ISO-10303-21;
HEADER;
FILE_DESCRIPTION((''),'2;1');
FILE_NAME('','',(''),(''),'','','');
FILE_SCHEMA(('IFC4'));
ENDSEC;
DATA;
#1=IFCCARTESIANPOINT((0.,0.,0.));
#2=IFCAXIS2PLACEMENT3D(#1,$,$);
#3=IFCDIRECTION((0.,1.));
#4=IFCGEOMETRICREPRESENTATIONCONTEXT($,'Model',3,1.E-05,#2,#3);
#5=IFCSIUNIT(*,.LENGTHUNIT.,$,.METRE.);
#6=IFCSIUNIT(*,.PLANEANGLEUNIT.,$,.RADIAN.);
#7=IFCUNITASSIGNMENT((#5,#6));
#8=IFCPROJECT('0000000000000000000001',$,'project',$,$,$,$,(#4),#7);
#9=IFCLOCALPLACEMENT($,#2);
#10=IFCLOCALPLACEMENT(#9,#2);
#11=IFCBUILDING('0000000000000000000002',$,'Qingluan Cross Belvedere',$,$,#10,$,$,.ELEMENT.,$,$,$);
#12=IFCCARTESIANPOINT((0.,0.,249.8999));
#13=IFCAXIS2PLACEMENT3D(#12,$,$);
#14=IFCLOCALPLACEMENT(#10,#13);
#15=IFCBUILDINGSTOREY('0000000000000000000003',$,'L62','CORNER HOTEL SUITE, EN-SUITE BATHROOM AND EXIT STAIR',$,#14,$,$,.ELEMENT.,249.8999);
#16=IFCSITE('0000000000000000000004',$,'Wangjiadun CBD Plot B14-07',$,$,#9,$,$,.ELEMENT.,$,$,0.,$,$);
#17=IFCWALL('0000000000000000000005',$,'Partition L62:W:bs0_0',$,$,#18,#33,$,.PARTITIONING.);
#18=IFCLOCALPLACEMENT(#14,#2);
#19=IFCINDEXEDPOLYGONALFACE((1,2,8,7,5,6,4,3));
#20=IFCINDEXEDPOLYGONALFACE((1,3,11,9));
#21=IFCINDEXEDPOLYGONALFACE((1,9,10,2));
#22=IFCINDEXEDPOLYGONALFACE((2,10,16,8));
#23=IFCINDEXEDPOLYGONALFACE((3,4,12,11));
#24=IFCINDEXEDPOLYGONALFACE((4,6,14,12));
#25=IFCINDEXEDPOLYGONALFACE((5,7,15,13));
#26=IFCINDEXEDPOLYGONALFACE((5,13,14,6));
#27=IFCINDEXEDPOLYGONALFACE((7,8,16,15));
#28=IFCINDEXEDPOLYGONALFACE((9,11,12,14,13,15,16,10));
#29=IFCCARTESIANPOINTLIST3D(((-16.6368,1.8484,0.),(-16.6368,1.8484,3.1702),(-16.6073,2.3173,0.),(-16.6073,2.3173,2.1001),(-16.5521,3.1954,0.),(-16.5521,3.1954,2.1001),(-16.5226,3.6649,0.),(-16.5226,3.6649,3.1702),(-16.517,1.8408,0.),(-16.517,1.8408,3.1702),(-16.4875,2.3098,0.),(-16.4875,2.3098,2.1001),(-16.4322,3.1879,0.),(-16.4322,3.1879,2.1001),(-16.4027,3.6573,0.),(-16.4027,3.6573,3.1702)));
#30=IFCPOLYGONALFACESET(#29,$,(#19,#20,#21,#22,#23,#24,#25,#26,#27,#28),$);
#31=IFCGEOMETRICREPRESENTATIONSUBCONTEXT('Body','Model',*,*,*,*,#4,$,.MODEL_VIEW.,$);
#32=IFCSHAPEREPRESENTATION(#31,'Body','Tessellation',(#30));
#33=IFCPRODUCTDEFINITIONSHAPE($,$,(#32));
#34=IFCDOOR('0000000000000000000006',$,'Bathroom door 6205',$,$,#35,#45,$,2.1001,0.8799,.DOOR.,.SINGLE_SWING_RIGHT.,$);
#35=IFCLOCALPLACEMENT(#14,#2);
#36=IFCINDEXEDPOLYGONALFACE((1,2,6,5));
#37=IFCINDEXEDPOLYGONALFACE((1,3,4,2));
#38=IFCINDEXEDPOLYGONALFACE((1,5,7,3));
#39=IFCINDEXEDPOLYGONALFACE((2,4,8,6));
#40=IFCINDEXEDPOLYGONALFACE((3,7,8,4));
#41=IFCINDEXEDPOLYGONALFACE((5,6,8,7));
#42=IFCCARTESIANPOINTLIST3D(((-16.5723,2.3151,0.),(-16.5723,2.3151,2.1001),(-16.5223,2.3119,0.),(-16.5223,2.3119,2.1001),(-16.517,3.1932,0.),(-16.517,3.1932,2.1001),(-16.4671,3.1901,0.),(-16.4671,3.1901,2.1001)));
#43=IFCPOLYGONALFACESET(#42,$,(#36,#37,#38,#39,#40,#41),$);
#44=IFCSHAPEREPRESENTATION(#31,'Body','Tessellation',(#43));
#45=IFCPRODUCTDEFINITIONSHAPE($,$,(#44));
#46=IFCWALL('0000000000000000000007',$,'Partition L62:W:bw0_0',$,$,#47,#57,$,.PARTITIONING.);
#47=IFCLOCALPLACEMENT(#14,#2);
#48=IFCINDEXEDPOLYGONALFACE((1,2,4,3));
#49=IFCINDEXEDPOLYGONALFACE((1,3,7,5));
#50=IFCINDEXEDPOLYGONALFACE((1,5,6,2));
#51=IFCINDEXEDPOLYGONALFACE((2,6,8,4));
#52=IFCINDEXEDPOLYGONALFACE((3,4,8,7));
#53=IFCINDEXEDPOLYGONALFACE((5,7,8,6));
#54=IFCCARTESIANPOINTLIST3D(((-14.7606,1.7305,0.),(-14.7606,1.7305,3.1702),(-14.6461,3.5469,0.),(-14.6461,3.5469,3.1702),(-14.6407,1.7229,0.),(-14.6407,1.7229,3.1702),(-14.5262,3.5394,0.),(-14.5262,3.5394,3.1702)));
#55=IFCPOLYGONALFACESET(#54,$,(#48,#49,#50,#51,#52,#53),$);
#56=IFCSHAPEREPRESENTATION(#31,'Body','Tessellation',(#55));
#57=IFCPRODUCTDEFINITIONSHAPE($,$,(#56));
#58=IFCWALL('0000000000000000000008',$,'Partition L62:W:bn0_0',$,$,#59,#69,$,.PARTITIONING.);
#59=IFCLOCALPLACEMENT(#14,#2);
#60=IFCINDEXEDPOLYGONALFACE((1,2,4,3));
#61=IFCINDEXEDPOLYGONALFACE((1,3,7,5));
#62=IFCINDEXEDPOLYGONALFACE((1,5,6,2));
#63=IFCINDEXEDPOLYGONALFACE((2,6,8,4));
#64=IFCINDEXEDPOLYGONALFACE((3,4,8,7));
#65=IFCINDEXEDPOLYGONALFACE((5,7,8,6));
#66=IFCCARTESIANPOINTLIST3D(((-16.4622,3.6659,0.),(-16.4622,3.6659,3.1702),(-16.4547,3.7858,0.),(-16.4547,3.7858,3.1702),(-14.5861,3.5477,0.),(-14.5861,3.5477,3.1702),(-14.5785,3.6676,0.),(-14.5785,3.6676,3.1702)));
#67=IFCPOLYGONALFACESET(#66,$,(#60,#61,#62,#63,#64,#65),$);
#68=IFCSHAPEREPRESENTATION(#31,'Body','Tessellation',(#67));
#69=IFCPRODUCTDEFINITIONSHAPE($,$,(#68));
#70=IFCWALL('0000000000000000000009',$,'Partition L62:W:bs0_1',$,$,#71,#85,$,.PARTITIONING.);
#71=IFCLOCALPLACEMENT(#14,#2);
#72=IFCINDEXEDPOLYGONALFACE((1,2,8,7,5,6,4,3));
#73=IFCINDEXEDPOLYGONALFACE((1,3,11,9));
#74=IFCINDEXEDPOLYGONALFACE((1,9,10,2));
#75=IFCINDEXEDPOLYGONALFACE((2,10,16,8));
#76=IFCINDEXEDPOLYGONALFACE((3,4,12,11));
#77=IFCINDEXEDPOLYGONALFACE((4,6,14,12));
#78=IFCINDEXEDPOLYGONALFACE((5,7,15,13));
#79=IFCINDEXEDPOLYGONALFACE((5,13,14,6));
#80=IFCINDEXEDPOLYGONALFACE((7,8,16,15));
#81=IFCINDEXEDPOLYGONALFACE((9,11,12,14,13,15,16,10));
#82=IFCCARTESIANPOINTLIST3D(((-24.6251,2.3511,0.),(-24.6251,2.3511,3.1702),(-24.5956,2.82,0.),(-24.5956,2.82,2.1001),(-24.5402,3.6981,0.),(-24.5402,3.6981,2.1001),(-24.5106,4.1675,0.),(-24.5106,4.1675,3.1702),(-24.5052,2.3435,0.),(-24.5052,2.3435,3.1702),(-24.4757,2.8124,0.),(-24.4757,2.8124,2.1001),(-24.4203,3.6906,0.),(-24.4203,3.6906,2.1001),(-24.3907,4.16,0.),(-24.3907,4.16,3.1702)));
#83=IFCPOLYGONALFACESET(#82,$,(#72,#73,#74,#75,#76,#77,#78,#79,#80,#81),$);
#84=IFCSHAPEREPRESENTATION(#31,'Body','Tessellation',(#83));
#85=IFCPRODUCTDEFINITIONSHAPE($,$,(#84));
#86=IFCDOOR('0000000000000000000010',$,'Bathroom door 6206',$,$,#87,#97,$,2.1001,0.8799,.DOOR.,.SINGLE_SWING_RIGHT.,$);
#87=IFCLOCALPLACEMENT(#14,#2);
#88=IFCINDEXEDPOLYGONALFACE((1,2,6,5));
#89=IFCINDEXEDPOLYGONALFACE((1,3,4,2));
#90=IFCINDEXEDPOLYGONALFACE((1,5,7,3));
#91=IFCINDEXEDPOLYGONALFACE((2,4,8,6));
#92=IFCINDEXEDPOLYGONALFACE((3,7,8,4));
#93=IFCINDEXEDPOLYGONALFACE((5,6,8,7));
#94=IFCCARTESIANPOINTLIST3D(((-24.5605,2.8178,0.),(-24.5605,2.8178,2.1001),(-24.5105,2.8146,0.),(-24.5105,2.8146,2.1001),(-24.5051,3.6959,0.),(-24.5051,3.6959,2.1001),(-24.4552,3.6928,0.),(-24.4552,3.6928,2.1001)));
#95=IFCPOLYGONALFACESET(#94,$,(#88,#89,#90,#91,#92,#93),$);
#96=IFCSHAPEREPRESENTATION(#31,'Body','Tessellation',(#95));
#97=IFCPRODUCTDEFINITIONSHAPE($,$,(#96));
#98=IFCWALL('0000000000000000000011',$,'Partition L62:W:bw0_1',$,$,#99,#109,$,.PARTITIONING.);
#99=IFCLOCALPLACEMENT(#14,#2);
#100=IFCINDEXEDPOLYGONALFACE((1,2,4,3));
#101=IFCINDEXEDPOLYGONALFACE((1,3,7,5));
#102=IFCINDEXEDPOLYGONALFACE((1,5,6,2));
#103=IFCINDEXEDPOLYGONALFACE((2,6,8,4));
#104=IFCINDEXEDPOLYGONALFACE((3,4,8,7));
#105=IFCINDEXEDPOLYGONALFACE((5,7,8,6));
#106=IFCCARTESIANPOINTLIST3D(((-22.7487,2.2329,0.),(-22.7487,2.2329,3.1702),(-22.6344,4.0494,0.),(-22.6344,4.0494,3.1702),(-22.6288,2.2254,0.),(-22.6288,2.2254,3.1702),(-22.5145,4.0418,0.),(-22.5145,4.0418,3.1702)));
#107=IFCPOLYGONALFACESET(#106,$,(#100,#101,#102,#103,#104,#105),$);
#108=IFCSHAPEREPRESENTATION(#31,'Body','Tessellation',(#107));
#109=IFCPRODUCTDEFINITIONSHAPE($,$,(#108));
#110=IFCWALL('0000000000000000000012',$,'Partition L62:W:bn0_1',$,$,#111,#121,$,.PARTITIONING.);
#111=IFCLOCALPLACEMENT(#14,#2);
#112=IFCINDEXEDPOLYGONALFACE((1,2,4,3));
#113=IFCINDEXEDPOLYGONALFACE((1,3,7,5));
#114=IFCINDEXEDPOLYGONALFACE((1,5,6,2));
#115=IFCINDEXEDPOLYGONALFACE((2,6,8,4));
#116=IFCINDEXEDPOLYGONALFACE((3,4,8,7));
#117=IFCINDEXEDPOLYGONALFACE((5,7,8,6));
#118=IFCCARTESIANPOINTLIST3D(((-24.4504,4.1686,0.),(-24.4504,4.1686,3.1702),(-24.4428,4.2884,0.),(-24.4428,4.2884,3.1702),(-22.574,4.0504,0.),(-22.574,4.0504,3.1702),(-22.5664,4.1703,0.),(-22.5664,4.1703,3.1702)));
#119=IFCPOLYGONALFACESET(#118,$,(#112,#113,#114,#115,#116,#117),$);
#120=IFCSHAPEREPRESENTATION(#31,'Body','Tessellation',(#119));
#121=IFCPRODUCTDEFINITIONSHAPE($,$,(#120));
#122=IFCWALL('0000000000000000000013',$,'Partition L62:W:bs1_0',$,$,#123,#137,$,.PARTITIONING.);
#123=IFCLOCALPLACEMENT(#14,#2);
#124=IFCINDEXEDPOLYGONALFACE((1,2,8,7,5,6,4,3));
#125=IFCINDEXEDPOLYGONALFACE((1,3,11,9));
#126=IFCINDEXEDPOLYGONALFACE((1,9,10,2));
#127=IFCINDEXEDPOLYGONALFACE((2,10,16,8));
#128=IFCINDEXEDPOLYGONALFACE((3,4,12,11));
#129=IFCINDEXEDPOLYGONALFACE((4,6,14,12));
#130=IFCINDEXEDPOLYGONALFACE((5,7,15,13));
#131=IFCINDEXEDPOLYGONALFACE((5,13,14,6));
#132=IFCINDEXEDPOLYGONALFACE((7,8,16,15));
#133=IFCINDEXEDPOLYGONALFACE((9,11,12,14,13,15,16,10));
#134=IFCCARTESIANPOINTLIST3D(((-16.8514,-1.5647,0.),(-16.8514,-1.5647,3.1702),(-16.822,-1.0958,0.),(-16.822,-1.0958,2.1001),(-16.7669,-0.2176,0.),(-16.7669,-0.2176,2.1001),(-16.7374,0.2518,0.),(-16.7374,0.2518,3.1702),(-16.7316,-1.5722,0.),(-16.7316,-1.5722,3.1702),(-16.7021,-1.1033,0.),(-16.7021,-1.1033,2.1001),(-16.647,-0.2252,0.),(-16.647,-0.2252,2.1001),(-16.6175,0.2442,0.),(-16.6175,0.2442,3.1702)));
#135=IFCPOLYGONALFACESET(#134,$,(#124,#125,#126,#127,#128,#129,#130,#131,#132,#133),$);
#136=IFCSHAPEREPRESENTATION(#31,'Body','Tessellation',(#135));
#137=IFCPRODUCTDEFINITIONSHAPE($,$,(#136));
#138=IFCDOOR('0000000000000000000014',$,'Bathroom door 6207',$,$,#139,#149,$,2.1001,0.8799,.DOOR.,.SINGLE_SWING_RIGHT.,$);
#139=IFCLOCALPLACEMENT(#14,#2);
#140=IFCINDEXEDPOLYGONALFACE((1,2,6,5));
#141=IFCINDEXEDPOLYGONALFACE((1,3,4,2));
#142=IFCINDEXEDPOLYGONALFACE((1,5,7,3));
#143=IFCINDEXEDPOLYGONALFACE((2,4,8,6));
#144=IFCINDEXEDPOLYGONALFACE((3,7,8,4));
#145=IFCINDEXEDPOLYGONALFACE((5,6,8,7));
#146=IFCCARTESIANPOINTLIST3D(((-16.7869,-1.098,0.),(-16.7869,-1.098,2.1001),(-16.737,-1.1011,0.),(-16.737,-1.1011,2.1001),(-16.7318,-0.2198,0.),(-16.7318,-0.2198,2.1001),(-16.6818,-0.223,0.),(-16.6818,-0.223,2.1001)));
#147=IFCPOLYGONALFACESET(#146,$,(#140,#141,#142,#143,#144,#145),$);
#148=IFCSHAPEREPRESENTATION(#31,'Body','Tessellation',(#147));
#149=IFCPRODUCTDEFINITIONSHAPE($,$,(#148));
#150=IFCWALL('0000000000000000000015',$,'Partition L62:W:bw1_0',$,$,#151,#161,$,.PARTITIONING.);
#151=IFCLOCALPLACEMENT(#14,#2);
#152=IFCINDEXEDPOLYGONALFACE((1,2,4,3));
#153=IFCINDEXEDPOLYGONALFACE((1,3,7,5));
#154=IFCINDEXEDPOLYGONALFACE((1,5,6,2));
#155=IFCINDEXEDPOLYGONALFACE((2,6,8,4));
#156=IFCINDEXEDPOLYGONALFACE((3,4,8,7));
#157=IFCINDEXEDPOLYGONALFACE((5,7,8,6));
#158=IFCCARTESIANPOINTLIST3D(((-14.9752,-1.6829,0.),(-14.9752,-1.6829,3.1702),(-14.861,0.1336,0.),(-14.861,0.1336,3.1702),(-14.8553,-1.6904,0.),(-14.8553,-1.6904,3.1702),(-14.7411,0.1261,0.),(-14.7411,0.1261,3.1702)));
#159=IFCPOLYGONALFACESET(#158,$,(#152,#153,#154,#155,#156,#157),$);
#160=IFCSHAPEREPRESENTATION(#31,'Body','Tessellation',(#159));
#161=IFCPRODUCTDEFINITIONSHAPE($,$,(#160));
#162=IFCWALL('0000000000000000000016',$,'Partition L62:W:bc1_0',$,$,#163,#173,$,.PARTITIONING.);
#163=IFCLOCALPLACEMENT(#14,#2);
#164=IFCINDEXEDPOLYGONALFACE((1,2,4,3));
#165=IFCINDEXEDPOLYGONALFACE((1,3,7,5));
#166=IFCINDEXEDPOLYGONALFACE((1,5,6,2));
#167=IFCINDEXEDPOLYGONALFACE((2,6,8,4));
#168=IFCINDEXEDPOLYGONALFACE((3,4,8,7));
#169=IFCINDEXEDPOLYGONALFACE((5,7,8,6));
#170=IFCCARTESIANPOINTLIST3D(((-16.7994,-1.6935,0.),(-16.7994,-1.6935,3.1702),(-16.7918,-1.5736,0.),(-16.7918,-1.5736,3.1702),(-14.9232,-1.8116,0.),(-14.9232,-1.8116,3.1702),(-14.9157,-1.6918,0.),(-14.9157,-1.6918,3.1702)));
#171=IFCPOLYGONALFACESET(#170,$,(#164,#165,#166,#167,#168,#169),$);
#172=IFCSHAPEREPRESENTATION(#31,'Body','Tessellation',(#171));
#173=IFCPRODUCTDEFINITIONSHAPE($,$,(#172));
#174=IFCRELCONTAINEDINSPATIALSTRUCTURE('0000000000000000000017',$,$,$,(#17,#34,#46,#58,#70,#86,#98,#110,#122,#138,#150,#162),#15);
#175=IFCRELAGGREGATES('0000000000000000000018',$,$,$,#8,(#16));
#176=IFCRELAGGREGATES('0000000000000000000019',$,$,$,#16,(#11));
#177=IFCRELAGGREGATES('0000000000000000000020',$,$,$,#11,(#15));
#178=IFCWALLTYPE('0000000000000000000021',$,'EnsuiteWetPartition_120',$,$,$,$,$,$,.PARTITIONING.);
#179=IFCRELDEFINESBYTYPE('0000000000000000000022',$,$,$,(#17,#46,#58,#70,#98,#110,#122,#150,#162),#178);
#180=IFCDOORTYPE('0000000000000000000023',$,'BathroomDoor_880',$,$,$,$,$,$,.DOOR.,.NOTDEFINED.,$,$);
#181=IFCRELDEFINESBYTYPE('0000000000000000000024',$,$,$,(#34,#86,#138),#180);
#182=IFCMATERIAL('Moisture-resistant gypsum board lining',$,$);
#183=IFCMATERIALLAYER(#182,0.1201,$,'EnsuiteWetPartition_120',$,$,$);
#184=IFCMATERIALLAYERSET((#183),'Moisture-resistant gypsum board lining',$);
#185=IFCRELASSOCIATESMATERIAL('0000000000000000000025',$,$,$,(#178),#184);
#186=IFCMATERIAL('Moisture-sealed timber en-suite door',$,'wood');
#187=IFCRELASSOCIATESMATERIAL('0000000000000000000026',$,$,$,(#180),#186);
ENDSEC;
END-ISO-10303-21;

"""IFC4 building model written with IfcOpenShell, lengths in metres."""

from ifc_helpers import new_model, si_unit, direction, frame, frame_2d, origin, place, context, subcontext, project, spatial, rectangle, extrude, material, layer, layer_set, type_object, element, fill, save


model = new_model("IFC4")

# Units and contexts
model_context = context("Model", 3, precision=1e-05, world=origin(), true_north=direction((0.0, 1.0)))
body_context = subcontext(model_context, "Body", "Model", "MODEL_VIEW")
ifc_project = project(units=[si_unit("LENGTHUNIT", "METRE"), si_unit("PLANEANGLEUNIT", "RADIAN")], contexts=[model_context])

# Site, building, storey
site_placement = place(None, origin())
site = spatial("IfcSite", under=ifc_project, at=site_placement, Name="Wangjiadun CBD Plot B14-07", CompositionType="ELEMENT", RefElevation=0.0)
building_placement = place(site_placement, origin())
building = spatial("IfcBuilding", under=site, at=building_placement, Name="Qingluan Cross Belvedere", CompositionType="ELEMENT")
storey_placement = place(building_placement, frame((0.0, 0.0, 249.8999)))
storey = spatial("IfcBuildingStorey", under=building, at=storey_placement, Name="L62", Description="CORNER HOTEL SUITE, EN-SUITE BATHROOM AND EXIT STAIR", CompositionType="ELEMENT", Elevation=249.8999)

# Wall, opening, door
ifc_material_1 = material(Name="Moisture-resistant gypsum board lining")
ifc_layer_1 = layer(ifc_material_1, 0.1201, Name="EnsuiteWetPartition_120")
ifc_layer_set_1 = layer_set([ifc_layer_1], Name="Moisture-resistant gypsum board lining")
wall_type_1 = type_object("IfcWallType", Name="EnsuiteWetPartition_120", PredefinedType="PARTITIONING", material=ifc_layer_set_1)
wall_1_placement = place(storey_placement, frame((-16.5769, 1.8445, 0.0), z_axis=(0.0, 0.0, 1.0), x_axis=(0.062779, 0.998027, 0.0)))
wall_1 = element("IfcWall", 1, at=wall_1_placement, inside=storey, type_object=wall_type_1, Name="Partition L62:W:bs0_0", PredefinedType="PARTITIONING", context=body_context, shape_type="SweptSolid", body=[
    extrude(rectangle(XDim=1.8201, YDim=0.1201, at=frame_2d((0.9102, 0.0))), origin(), (0.0, 0.0, 1.0), 3.1702),
])
opening_1_placement = place(wall_1_placement, frame((0.47, 0.0, 0.0)))
opening_1 = element("IfcOpeningElement", 2, at=opening_1_placement, cuts=wall_1, PredefinedType="OPENING", context=body_context, shape_type="SweptSolid", body=[
    extrude(rectangle(XDim=0.8799, YDim=2.1001, at=frame_2d((0.4399, 1.05))), frame((0.0, 0.0701, 0.0), z_axis=(0.0, -1.0, 0.0), x_axis=(1.0, 0.0, 0.0)), (0.0, 0.0, 1.0), 0.1401),
])
ifc_material_2 = material(Name="Moisture-sealed timber en-suite door", Category="wood")
door_type_1 = type_object("IfcDoorType", Name="BathroomDoor_880", OperationType="NOTDEFINED", PredefinedType="DOOR", material=ifc_material_2)
door_1_placement = place(opening_1_placement, origin())
door_1 = element("IfcDoor", 3, at=door_1_placement, inside=storey, type_object=door_type_1, Name="Bathroom door 6205", OperationType="SINGLE_SWING_RIGHT", OverallHeight=2.1001, OverallWidth=0.8799, PredefinedType="DOOR", context=body_context, shape_type="SweptSolid", body=[
    extrude(rectangle(XDim=0.8799, YDim=2.1001, at=frame_2d((0.4399, 1.05))), frame((0.0, 0.0249, 0.0), z_axis=(0.0, -1.0, 0.0), x_axis=(1.0, 0.0, 0.0)), (0.0, 0.0, 1.0), 0.05),
])
fill(opening_1, door_1)

# Walls
wall_2_placement = place(storey_placement, frame((-14.7007, 1.7266, 0.0), z_axis=(0.0, 0.0, 1.0), x_axis=(0.062913, 0.998019, 0.0)))
element("IfcWall", 4, at=wall_2_placement, inside=storey, type_object=wall_type_1, Name="Partition L62:W:bw0_0", PredefinedType="PARTITIONING", context=body_context, shape_type="SweptSolid", body=[
    extrude(rectangle(XDim=1.8201, YDim=0.1201, at=frame_2d((0.9102, 0.0))), origin(), (0.0, 0.0, 1.0), 3.1702),
])
wall_3_placement = place(storey_placement, frame((-14.5823, 3.6077, 0.0), z_axis=(0.0, 0.0, 1.0), x_axis=(-0.998023, 0.062855, 0.0)))
element("IfcWall", 5, at=wall_3_placement, inside=storey, type_object=wall_type_1, Name="Partition L62:W:bn0_0", PredefinedType="PARTITIONING", context=body_context, shape_type="SweptSolid", body=[
    extrude(rectangle(XDim=1.8799, YDim=0.1201, at=frame_2d((0.9399, 0.0))), origin(), (0.0, 0.0, 1.0), 3.1702),
])

# Wall, opening, door
wall_4_placement = place(storey_placement, frame((-24.5652, 2.3472, 0.0), z_axis=(0.0, 0.0, 1.0), x_axis=(0.062913, 0.998019, 0.0)))
wall_4 = element("IfcWall", 6, at=wall_4_placement, inside=storey, type_object=wall_type_1, Name="Partition L62:W:bs0_1", PredefinedType="PARTITIONING", context=body_context, shape_type="SweptSolid", body=[
    extrude(rectangle(XDim=1.8201, YDim=0.1201, at=frame_2d((0.9102, 0.0))), origin(), (0.0, 0.0, 1.0), 3.1702),
])
opening_2_placement = place(wall_4_placement, frame((0.47, 0.0, 0.0)))
opening_2 = element("IfcOpeningElement", 7, at=opening_2_placement, cuts=wall_4, PredefinedType="OPENING", context=body_context, shape_type="SweptSolid", body=[
    extrude(rectangle(XDim=0.8799, YDim=2.1001, at=frame_2d((0.4399, 1.05))), frame((0.0, 0.0701, 0.0), z_axis=(0.0, -1.0, 0.0), x_axis=(1.0, 0.0, 0.0)), (0.0, 0.0, 1.0), 0.1401),
])
door_2_placement = place(opening_2_placement, origin())
door_2 = element("IfcDoor", 8, at=door_2_placement, inside=storey, type_object=door_type_1, Name="Bathroom door 6206", OperationType="SINGLE_SWING_RIGHT", OverallHeight=2.1001, OverallWidth=0.8799, PredefinedType="DOOR", context=body_context, shape_type="SweptSolid", body=[
    extrude(rectangle(XDim=0.8799, YDim=2.1001, at=frame_2d((0.4399, 1.05))), frame((0.0, 0.0249, 0.0), z_axis=(0.0, -1.0, 0.0), x_axis=(1.0, 0.0, 0.0)), (0.0, 0.0, 1.0), 0.05),
])
fill(opening_2, door_2)

# Walls
wall_5_placement = place(storey_placement, frame((-22.6887, 2.229, 0.0), z_axis=(0.0, 0.0, 1.0), x_axis=(0.062779, 0.998027, 0.0)))
element("IfcWall", 9, at=wall_5_placement, inside=storey, type_object=wall_type_1, Name="Partition L62:W:bw0_1", PredefinedType="PARTITIONING", context=body_context, shape_type="SweptSolid", body=[
    extrude(rectangle(XDim=1.8201, YDim=0.1201, at=frame_2d((0.9102, 0.0))), origin(), (0.0, 0.0, 1.0), 3.1702),
])
wall_6_placement = place(storey_placement, frame((-22.5703, 4.1104, 0.0), z_axis=(0.0, 0.0, 1.0), x_axis=(-0.998023, 0.062847, 0.0)))
element("IfcWall", 10, at=wall_6_placement, inside=storey, type_object=wall_type_1, Name="Partition L62:W:bn0_1", PredefinedType="PARTITIONING", context=body_context, shape_type="SweptSolid", body=[
    extrude(rectangle(XDim=1.8801, YDim=0.1201, at=frame_2d((0.9399, 0.0))), origin(), (0.0, 0.0, 1.0), 3.1702),
])

# Wall, opening, door
wall_7_placement = place(storey_placement, frame((-16.7915, -1.5686, 0.0), z_axis=(0.0, 0.0, 1.0), x_axis=(0.062646, 0.998036, 0.0)))
wall_7 = element("IfcWall", 11, at=wall_7_placement, inside=storey, type_object=wall_type_1, Name="Partition L62:W:bs1_0", PredefinedType="PARTITIONING", context=body_context, shape_type="SweptSolid", body=[
    extrude(rectangle(XDim=1.8201, YDim=0.1201, at=frame_2d((0.9102, 0.0))), origin(), (0.0, 0.0, 1.0), 3.1702),
])
opening_3_placement = place(wall_7_placement, frame((0.47, 0.0, 0.0)))
opening_3 = element("IfcOpeningElement", 12, at=opening_3_placement, cuts=wall_7, PredefinedType="OPENING", context=body_context, shape_type="SweptSolid", body=[
    extrude(rectangle(XDim=0.8799, YDim=2.1001, at=frame_2d((0.4399, 1.05))), frame((0.0, 0.0701, 0.0), z_axis=(0.0, -1.0, 0.0), x_axis=(1.0, 0.0, 0.0)), (0.0, 0.0, 1.0), 0.1401),
])
door_3_placement = place(opening_3_placement, origin())
door_3 = element("IfcDoor", 13, at=door_3_placement, inside=storey, type_object=door_type_1, Name="Bathroom door 6207", OperationType="SINGLE_SWING_RIGHT", OverallHeight=2.1001, OverallWidth=0.8799, PredefinedType="DOOR", context=body_context, shape_type="SweptSolid", body=[
    extrude(rectangle(XDim=0.8799, YDim=2.1001, at=frame_2d((0.4399, 1.05))), frame((0.0, 0.0249, 0.0), z_axis=(0.0, -1.0, 0.0), x_axis=(1.0, 0.0, 0.0)), (0.0, 0.0, 1.0), 0.05),
])
fill(opening_3, door_3)

# Walls
wall_8_placement = place(storey_placement, frame((-14.9153, -1.6868, 0.0), z_axis=(0.0, 0.0, 1.0), x_axis=(0.062779, 0.998027, 0.0)))
element("IfcWall", 14, at=wall_8_placement, inside=storey, type_object=wall_type_1, Name="Partition L62:W:bw1_0", PredefinedType="PARTITIONING", context=body_context, shape_type="SweptSolid", body=[
    extrude(rectangle(XDim=1.8201, YDim=0.1201, at=frame_2d((0.9102, 0.0))), origin(), (0.0, 0.0, 1.0), 3.1702),
])
wall_9_placement = place(storey_placement, frame((-14.9194, -1.7517, 0.0), z_axis=(0.0, 0.0, 1.0), x_axis=(-0.998023, 0.062855, 0.0)))
element("IfcWall", 15, at=wall_9_placement, inside=storey, type_object=wall_type_1, Name="Partition L62:W:bc1_0", PredefinedType="PARTITIONING", context=body_context, shape_type="SweptSolid", body=[
    extrude(rectangle(XDim=1.8799, YDim=0.1201, at=frame_2d((0.9399, 0.0))), origin(), (0.0, 0.0, 1.0), 3.1702),
])

save(model, "model.ifc")
